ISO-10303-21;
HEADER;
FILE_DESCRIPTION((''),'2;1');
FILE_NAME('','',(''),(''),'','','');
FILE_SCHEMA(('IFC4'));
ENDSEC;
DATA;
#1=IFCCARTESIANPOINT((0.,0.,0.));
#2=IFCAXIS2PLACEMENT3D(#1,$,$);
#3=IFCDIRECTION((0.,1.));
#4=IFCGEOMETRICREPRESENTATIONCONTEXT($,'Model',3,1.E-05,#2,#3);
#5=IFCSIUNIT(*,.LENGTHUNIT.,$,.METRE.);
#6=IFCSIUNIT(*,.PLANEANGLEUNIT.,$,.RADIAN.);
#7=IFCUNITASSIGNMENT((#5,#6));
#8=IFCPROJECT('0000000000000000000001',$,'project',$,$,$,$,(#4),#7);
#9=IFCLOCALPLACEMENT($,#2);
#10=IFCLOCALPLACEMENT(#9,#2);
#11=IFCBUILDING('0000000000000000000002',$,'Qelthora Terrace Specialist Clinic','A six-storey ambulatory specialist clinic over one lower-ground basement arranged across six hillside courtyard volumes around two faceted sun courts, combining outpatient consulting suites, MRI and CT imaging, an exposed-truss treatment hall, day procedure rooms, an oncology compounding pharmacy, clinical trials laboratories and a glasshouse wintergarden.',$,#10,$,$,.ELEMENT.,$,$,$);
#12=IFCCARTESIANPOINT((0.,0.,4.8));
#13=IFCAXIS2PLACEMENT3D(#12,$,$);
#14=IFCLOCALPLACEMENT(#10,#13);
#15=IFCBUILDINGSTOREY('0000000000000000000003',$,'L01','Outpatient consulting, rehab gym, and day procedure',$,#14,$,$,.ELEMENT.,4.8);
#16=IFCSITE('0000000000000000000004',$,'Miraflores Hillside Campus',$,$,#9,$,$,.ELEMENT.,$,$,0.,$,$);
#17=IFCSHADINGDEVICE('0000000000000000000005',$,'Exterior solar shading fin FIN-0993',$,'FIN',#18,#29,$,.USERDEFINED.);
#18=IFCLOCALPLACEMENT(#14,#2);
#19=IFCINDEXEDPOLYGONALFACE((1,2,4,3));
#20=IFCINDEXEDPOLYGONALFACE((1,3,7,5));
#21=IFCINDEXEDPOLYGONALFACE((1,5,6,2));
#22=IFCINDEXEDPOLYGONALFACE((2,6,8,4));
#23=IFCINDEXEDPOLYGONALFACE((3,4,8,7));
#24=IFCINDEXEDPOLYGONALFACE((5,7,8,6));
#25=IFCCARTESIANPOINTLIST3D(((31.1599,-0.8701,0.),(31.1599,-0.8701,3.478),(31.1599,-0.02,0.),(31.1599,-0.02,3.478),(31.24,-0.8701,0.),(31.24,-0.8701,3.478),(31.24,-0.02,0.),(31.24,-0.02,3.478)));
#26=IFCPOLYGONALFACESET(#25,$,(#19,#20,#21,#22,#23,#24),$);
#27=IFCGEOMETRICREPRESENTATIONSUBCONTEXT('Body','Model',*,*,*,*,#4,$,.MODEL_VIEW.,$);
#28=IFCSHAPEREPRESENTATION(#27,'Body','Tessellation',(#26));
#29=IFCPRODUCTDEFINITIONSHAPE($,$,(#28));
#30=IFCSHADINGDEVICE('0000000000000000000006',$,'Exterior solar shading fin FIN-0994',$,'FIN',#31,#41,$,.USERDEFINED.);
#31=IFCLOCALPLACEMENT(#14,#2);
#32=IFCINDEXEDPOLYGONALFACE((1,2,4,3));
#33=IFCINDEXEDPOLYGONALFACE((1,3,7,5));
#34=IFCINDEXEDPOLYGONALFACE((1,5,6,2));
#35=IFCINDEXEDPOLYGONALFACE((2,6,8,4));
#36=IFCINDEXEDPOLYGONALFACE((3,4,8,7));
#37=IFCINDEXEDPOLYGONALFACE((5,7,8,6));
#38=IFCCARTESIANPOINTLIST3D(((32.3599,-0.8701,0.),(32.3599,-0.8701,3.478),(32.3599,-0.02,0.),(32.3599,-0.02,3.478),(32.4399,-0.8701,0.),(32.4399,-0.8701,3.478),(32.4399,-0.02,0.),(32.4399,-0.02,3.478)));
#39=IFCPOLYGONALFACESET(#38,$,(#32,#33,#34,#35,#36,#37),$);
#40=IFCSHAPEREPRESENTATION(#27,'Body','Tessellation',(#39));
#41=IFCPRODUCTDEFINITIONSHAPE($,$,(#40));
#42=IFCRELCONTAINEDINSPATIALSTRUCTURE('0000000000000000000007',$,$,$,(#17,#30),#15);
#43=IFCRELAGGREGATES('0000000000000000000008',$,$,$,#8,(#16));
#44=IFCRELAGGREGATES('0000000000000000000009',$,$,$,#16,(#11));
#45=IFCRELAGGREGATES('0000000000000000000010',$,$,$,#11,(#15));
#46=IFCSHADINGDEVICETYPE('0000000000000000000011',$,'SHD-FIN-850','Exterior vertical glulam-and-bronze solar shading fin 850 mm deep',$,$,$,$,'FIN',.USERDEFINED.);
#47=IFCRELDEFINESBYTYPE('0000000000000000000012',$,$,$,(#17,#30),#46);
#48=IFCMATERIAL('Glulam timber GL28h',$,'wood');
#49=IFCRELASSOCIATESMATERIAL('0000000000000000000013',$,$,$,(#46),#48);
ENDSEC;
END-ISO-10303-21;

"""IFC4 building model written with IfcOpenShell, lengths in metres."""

from ifc_helpers import new_model, si_unit, direction, frame, origin, origin_2d, place, context, subcontext, project, spatial, rectangle, extrude, material, type_object, element, save


model = new_model("IFC4")

# Units and contexts
model_context = context("Model", 3, precision=1e-05, world=origin(), true_north=direction((0.0, 1.0)))
body_context = subcontext(model_context, "Body", "Model", "MODEL_VIEW")
ifc_project = project(units=[si_unit("LENGTHUNIT", "METRE"), si_unit("PLANEANGLEUNIT", "RADIAN")], contexts=[model_context])

# Site, building, storey
site_placement = place(None, origin())
site = spatial("IfcSite", under=ifc_project, at=site_placement, Name="Miraflores Hillside Campus", CompositionType="ELEMENT", RefElevation=0.0)
building_placement = place(site_placement, origin())
building = spatial("IfcBuilding", under=site, at=building_placement, Name="Qelthora Terrace Specialist Clinic", Description="A six-storey ambulatory specialist clinic over one lower-ground basement arranged across six hillside courtyard volumes around two faceted sun courts, combining outpatient consulting suites, MRI and CT imaging, an exposed-truss treatment hall, day procedure rooms, an oncology compounding pharmacy, clinical trials laboratories and a glasshouse wintergarden.", CompositionType="ELEMENT")
storey_placement = place(building_placement, frame((0.0, 0.0, 4.8)))
storey = spatial("IfcBuildingStorey", under=building, at=storey_placement, Name="L01", Description="Outpatient consulting, rehab gym, and day procedure", CompositionType="ELEMENT", Elevation=4.8)

# Shading devices
ifc_material_1 = material(Name="Glulam timber GL28h", Category="wood")
shading_device_type = type_object("IfcShadingDeviceType", Name="SHD-FIN-850", Description="Exterior vertical glulam-and-bronze solar shading fin 850 mm deep", ElementType="FIN", PredefinedType="USERDEFINED", material=ifc_material_1)
for number, where, z_axis, x_axis, name in (
    (1, (31.2, -0.4451, 0.0), (0.0, 0.0, 1.0), (0.0, -1.0, 0.0), "Exterior solar shading fin FIN-0993"),
    (2, (32.3999, -0.4451, 0.0), (0.0, 0.0, 1.0), (0.0, -1.0, 0.0), "Exterior solar shading fin FIN-0994"),
):
    element("IfcShadingDevice", number, at=place(storey_placement, frame(where, z_axis=z_axis, x_axis=x_axis)), inside=storey, type_object=shading_device_type, Name=name, ObjectType="FIN", PredefinedType="USERDEFINED", context=body_context, shape_type="SweptSolid", body=[
        extrude(rectangle(XDim=0.8501, YDim=0.0801, at=origin_2d()), origin(), (0.0, 0.0, 1.0), 3.478),
    ])

save(model, "model.ifc")
